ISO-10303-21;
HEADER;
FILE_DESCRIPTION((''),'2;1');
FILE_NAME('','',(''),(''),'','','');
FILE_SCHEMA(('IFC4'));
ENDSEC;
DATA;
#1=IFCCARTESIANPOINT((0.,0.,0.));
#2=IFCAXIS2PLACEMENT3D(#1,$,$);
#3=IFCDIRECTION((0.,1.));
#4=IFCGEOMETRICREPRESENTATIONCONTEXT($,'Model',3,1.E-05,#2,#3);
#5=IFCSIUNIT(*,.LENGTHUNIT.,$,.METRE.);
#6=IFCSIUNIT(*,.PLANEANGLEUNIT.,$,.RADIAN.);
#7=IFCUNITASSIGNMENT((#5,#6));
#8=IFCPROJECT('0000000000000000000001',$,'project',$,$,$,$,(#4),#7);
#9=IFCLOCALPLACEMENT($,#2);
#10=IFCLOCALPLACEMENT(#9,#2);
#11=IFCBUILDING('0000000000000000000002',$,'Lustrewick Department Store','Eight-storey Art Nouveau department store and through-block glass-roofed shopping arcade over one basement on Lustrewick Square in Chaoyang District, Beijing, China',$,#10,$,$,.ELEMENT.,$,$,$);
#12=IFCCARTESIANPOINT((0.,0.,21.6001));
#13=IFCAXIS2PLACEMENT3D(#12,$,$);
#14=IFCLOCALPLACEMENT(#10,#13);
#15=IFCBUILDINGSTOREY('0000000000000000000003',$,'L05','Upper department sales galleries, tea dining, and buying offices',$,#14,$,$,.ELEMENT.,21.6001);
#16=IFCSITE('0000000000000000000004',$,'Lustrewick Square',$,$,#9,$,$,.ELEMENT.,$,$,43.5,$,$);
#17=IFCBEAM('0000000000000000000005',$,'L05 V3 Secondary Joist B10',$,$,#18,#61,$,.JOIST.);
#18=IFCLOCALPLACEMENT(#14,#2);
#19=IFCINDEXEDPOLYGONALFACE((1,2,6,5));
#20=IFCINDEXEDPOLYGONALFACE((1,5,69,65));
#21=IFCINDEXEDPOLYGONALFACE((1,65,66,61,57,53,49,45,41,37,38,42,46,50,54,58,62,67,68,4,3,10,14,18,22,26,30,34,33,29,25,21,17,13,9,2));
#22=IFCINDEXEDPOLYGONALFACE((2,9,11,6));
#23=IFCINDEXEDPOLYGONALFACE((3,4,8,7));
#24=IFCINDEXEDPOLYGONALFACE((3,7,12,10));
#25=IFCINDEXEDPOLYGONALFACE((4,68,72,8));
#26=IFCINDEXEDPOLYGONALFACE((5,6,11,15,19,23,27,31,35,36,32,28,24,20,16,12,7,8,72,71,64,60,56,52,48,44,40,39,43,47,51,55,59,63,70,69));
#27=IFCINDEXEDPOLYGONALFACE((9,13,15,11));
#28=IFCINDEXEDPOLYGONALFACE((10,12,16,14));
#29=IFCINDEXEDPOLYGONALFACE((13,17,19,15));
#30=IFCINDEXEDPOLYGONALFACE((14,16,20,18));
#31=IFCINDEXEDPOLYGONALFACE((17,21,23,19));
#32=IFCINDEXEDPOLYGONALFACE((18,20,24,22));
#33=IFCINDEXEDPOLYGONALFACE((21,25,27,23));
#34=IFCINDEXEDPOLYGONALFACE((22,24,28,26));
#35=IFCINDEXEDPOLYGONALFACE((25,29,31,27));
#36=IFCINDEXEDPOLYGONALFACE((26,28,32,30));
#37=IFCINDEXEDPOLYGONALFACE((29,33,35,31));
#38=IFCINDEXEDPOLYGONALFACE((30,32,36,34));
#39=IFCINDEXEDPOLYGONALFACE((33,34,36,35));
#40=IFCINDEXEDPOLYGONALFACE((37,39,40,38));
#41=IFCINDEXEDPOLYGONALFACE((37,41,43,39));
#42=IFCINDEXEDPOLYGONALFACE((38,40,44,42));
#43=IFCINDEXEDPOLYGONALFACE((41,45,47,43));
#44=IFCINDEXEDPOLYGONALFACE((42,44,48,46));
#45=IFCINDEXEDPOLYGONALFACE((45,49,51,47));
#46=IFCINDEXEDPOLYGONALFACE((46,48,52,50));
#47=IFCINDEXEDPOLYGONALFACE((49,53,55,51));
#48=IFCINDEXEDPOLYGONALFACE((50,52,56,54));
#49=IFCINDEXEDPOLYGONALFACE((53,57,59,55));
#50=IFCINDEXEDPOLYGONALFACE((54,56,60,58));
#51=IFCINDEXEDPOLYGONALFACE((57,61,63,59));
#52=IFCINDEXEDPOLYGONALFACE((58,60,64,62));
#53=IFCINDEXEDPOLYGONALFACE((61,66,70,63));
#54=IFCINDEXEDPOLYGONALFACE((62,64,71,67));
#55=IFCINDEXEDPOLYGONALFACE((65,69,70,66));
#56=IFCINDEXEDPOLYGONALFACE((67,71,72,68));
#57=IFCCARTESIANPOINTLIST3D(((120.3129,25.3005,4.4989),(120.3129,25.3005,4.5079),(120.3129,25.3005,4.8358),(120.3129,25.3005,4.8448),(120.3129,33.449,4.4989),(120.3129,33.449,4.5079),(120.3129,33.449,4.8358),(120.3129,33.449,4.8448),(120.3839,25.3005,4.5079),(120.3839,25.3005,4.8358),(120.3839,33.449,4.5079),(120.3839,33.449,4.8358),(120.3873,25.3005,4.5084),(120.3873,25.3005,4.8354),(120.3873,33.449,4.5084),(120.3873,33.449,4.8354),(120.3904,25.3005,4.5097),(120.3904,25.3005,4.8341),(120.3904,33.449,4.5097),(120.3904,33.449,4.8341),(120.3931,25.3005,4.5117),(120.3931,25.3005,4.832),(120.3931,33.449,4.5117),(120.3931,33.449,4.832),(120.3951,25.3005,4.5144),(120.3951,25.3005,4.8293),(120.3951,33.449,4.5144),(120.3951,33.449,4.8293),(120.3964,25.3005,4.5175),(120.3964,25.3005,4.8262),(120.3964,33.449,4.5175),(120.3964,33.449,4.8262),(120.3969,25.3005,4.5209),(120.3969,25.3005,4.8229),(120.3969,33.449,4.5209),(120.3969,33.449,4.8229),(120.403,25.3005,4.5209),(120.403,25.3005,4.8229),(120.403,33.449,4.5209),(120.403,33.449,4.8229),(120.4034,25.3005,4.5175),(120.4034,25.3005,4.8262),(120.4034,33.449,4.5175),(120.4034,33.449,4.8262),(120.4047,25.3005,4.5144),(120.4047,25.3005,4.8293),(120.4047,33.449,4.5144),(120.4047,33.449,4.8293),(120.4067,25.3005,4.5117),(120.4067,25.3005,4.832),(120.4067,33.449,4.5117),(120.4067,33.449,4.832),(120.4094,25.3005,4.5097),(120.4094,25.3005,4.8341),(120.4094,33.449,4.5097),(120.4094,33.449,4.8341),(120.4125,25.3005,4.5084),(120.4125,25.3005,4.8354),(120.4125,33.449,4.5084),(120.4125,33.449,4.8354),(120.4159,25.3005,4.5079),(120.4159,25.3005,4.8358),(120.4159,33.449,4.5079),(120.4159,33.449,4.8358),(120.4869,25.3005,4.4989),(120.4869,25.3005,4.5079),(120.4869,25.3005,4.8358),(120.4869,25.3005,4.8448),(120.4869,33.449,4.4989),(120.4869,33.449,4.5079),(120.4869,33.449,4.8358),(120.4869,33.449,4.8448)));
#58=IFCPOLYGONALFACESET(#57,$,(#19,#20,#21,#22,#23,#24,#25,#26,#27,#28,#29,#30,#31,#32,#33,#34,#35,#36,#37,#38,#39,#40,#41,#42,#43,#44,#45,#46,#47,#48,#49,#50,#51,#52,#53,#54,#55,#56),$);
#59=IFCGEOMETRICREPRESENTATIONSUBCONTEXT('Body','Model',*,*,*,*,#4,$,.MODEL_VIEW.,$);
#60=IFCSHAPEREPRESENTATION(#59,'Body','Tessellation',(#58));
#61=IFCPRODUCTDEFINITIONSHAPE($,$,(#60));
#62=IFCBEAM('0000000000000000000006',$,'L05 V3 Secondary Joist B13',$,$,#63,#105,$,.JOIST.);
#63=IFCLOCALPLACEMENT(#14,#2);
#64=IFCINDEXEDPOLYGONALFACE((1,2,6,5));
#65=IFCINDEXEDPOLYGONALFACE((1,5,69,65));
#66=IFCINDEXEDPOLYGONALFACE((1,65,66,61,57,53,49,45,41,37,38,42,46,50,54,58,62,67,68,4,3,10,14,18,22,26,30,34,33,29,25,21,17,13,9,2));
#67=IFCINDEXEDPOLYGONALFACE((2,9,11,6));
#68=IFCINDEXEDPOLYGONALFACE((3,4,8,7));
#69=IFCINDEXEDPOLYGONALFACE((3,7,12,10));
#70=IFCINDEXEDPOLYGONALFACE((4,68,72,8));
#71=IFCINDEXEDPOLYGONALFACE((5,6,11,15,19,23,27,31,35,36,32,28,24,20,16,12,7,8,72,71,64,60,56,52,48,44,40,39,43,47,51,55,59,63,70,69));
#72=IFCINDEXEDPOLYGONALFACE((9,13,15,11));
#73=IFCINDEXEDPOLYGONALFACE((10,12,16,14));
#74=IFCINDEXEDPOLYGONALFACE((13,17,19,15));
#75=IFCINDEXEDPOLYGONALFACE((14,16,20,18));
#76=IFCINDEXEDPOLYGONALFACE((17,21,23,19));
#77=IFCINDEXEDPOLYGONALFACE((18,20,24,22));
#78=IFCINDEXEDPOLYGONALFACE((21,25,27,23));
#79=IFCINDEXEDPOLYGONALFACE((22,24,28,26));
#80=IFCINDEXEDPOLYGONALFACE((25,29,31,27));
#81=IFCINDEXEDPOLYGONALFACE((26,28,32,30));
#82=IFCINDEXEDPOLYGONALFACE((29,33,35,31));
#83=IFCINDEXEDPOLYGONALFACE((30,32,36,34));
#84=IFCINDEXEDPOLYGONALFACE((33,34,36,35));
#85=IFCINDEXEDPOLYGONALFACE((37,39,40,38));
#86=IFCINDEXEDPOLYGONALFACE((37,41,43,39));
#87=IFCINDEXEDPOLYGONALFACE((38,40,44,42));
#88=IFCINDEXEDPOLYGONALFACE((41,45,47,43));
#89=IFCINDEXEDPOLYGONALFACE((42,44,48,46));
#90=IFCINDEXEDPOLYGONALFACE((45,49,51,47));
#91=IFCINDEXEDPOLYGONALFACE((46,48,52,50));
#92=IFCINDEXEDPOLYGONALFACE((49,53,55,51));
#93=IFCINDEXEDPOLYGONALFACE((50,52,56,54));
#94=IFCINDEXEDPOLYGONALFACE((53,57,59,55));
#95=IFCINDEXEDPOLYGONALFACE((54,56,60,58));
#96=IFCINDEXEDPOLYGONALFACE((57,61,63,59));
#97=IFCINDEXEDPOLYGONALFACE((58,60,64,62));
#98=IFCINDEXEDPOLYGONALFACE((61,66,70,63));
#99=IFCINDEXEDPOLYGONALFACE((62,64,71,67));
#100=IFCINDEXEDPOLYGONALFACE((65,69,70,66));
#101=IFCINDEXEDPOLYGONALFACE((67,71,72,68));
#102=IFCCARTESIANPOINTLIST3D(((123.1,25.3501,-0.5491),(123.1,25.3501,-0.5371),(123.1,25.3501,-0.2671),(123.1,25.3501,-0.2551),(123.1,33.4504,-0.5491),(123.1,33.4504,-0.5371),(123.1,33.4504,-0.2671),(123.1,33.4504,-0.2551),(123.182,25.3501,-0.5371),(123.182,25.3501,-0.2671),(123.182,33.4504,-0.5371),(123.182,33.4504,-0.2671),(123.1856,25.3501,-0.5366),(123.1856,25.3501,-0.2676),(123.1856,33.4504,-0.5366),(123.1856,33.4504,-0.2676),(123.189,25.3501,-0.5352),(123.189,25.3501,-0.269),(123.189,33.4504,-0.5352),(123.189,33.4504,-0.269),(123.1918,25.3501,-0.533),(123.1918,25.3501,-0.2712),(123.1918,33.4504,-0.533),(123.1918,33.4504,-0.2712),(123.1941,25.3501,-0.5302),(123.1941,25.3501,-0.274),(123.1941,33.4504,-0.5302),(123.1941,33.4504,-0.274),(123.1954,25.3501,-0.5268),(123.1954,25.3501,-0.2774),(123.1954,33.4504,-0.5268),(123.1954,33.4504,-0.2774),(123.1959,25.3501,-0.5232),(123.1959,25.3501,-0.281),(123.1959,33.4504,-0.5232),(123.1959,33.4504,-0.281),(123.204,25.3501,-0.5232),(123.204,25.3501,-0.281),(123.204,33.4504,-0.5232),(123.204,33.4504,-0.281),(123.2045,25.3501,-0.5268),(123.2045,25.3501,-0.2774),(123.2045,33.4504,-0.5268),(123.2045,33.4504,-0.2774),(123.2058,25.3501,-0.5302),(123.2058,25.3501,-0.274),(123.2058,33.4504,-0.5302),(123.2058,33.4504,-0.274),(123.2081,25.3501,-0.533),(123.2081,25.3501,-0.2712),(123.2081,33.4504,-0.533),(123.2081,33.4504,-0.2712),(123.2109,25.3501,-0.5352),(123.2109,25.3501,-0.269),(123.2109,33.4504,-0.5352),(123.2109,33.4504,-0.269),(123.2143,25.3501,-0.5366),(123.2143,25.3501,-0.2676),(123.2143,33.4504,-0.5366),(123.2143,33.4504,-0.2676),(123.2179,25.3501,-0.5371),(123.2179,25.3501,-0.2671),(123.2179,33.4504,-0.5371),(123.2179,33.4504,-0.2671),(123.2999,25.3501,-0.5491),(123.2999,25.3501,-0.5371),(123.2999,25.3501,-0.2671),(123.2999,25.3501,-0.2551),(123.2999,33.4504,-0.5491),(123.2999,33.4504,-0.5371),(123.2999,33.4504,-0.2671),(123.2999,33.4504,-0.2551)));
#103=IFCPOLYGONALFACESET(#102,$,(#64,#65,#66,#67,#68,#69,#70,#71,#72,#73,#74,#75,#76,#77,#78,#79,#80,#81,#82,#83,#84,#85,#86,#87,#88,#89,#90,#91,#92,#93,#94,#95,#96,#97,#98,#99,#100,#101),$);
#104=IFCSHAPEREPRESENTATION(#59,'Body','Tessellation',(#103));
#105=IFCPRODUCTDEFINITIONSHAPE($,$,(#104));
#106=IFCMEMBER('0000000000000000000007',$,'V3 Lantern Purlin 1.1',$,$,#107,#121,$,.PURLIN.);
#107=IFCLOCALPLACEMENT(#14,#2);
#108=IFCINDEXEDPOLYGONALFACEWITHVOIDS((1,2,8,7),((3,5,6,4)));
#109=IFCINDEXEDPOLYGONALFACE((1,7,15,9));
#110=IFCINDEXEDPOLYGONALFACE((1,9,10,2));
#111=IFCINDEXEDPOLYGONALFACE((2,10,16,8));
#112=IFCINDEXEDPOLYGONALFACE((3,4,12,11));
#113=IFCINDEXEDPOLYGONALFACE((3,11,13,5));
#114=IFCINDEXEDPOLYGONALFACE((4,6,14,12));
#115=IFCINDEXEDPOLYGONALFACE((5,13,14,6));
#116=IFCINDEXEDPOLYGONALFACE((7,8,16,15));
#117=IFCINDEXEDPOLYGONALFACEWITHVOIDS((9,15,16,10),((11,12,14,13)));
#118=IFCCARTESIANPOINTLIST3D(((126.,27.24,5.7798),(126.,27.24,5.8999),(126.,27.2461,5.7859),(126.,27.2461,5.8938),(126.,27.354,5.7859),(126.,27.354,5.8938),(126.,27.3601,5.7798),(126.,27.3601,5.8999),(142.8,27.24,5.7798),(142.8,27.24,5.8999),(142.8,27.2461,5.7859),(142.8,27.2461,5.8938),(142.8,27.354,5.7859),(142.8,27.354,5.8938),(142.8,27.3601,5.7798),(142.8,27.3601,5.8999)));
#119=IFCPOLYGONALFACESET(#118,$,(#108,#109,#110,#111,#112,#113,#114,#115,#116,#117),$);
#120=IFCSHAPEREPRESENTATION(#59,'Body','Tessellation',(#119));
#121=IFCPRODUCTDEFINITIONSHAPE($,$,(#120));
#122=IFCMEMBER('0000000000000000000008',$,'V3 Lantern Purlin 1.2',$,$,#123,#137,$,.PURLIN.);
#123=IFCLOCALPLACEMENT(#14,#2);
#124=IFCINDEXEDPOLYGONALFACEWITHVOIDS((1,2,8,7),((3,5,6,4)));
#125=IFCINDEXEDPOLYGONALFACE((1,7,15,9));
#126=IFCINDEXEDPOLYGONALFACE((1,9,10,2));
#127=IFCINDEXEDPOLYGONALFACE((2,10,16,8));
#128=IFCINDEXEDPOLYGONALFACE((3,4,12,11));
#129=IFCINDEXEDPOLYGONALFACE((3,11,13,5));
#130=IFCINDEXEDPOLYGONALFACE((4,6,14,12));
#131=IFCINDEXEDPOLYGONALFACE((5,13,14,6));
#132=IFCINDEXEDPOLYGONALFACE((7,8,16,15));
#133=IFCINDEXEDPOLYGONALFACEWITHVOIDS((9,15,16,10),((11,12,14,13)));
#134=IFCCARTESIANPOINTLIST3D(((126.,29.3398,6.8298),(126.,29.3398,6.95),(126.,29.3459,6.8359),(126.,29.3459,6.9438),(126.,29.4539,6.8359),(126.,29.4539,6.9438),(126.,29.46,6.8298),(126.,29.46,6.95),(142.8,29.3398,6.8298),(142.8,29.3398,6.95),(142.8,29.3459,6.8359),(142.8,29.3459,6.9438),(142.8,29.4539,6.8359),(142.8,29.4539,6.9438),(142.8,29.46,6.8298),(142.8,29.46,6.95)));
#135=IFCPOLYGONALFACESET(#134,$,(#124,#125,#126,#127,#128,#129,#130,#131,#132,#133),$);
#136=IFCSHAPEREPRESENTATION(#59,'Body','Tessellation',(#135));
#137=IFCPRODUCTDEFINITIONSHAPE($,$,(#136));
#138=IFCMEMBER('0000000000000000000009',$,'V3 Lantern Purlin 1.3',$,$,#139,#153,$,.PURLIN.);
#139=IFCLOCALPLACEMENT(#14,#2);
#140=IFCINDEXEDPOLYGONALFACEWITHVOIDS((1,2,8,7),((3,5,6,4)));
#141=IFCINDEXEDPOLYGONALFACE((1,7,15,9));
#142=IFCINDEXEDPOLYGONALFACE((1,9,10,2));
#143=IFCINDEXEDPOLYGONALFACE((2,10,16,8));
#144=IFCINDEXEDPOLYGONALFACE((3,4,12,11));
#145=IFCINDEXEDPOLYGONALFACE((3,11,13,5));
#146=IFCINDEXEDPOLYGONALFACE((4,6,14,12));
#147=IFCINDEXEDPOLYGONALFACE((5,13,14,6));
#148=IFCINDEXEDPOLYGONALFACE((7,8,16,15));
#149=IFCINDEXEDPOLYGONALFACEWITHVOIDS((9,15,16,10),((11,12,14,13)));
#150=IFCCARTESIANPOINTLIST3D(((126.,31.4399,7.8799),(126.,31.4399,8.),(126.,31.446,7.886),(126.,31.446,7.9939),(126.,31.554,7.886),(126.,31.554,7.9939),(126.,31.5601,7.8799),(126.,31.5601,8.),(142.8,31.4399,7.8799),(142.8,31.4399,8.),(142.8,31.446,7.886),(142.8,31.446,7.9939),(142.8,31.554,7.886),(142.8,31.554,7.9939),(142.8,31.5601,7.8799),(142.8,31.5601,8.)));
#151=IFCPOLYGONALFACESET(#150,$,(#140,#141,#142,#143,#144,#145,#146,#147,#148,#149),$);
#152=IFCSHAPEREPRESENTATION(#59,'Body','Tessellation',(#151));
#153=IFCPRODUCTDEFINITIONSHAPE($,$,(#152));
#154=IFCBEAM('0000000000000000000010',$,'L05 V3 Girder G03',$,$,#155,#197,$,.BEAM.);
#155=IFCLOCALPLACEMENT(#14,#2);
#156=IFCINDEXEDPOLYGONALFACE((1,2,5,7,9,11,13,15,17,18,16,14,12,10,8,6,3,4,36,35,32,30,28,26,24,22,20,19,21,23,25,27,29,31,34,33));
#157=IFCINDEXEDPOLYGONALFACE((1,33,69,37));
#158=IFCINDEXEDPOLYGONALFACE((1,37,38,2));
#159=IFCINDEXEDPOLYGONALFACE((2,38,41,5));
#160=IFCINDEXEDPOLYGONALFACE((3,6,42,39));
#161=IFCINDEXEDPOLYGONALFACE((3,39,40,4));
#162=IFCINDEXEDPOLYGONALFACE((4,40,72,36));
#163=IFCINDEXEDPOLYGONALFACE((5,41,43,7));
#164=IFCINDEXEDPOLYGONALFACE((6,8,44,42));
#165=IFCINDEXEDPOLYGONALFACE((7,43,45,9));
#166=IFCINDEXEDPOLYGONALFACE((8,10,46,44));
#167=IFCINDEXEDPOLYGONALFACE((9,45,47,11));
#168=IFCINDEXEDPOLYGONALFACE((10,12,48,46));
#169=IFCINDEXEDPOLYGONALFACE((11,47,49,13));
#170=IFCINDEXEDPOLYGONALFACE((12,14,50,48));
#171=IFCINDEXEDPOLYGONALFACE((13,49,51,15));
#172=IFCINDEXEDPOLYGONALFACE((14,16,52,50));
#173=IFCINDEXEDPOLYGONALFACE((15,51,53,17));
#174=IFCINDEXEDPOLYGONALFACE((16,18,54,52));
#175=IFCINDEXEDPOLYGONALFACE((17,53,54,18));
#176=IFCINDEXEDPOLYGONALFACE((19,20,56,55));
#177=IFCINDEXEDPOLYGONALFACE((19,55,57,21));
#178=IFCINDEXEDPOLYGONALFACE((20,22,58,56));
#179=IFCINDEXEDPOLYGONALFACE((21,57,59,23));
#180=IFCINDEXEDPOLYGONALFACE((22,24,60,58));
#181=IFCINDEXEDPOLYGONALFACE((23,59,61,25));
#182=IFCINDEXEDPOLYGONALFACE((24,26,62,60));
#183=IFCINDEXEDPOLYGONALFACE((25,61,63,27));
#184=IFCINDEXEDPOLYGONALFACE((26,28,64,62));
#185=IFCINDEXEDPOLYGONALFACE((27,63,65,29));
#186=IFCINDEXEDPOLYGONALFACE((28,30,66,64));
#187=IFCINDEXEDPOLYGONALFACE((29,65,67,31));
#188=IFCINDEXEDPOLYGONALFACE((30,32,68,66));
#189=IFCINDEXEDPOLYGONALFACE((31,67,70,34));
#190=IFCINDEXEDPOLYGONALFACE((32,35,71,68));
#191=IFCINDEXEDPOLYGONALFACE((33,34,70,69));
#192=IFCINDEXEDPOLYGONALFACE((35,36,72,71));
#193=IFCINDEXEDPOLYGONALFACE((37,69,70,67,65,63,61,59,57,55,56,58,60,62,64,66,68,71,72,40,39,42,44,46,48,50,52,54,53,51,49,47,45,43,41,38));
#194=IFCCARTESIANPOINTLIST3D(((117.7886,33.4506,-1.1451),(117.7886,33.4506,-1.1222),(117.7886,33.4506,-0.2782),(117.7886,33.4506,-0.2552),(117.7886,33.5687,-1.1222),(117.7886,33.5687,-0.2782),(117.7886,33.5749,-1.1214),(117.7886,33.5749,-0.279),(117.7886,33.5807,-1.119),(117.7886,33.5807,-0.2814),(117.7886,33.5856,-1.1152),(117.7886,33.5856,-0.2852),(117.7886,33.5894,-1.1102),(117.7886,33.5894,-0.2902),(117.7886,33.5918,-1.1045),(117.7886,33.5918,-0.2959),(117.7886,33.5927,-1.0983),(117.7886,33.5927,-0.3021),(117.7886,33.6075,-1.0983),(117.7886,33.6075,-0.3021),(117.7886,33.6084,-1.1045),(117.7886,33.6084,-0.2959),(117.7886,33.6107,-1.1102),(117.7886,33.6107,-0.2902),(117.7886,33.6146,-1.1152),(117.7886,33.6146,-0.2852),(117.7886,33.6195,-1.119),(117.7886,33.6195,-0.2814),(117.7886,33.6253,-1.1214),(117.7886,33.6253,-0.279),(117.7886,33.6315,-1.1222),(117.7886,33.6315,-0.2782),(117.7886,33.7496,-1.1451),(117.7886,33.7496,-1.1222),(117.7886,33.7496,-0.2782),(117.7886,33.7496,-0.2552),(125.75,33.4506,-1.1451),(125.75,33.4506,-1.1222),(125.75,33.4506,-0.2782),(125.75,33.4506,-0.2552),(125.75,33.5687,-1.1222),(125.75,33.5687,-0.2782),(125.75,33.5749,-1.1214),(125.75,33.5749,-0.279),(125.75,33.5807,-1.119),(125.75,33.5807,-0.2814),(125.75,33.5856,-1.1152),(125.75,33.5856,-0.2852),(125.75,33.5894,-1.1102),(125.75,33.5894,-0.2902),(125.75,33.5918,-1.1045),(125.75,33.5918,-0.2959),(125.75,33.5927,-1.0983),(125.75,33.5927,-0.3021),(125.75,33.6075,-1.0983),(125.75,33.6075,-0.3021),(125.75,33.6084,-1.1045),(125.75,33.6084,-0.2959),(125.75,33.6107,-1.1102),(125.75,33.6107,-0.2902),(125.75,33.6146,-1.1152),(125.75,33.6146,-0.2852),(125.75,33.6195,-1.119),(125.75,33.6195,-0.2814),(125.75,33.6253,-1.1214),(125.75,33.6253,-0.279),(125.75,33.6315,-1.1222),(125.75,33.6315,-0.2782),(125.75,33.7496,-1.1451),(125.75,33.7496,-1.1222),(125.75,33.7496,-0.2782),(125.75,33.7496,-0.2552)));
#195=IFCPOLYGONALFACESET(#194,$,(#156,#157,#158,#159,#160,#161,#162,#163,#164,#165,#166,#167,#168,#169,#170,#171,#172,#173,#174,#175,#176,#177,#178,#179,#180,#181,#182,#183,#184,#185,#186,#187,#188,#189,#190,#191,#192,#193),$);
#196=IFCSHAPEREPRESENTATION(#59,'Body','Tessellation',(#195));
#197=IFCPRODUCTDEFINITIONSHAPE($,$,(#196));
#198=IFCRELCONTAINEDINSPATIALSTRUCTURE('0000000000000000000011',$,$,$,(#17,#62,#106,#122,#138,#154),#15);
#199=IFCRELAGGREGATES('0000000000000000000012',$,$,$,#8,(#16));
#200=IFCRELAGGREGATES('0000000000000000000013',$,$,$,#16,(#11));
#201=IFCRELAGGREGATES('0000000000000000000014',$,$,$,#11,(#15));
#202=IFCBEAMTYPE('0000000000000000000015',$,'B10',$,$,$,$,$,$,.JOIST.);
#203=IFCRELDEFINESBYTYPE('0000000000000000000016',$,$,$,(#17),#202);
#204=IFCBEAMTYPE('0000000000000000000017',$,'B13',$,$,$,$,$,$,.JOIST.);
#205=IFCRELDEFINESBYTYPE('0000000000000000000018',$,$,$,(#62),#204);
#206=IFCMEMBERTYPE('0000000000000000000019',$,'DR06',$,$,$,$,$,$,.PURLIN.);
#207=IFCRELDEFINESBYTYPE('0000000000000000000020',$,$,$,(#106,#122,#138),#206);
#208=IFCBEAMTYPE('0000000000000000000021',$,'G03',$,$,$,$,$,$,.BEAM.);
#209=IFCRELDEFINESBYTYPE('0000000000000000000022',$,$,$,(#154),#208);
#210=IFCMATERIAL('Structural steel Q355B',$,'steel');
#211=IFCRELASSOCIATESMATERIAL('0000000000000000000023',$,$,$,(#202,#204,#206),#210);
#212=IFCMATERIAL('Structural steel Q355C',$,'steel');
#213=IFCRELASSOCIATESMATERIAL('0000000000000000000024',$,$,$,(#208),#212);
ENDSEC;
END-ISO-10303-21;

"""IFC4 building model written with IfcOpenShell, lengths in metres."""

from ifc_helpers import new_model, si_unit, direction, frame, origin, origin_2d, place, context, subcontext, project, spatial, hollow_rectangle, i_section, extrude, material, material_profile, profile_set, type_object, element, save


model = new_model("IFC4")

# Units and contexts
model_context = context("Model", 3, precision=1e-05, world=origin(), true_north=direction((0.0, 1.0)))
body_context = subcontext(model_context, "Body", "Model", "MODEL_VIEW")
ifc_project = project(units=[si_unit("LENGTHUNIT", "METRE"), si_unit("PLANEANGLEUNIT", "RADIAN")], contexts=[model_context])

# Site, building, storey
site_placement = place(None, origin())
site = spatial("IfcSite", under=ifc_project, at=site_placement, Name="Lustrewick Square", CompositionType="ELEMENT", RefElevation=43.5)
building_placement = place(site_placement, origin())
building = spatial("IfcBuilding", under=site, at=building_placement, Name="Lustrewick Department Store", Description="Eight-storey Art Nouveau department store and through-block glass-roofed shopping arcade over one basement on Lustrewick Square in Chaoyang District, Beijing, China", CompositionType="ELEMENT")
storey_placement = place(building_placement, frame((0.0, 0.0, 21.6001)))
storey = spatial("IfcBuildingStorey", under=building, at=storey_placement, Name="L05", Description="Upper department sales galleries, tea dining, and buying offices", CompositionType="ELEMENT", Elevation=21.6001)

# Shared definitions
ifc_material_1 = material(Name="Structural steel Q355B", Category="steel")

# Beams
ifc_material_profile_1 = material_profile(ifc_material_1, i_section(OverallWidth=0.1741, OverallDepth=0.3459, WebThickness=0.0061, FlangeThickness=0.009, FilletRadius=0.0129, at=origin_2d()), Name="HN 346x174x6x9")
ifc_profile_set_1 = profile_set([ifc_material_profile_1], Name="Structural steel Q355B")
beam_type_1 = type_object("IfcBeamType", Name="B10", PredefinedType="JOIST", material=ifc_profile_set_1)
beam_1_placement = place(storey_placement, frame((120.3999, 25.3005, 4.6719), z_axis=(0.0, 1.0, 0.0), x_axis=(-1.0, 0.0, 0.0)))
element("IfcBeam", 1, at=beam_1_placement, inside=storey, type_object=beam_type_1, Name="L05 V3 Secondary Joist B10", PredefinedType="JOIST", context=body_context, shape_type="SweptSolid", body=[
    extrude(i_section(OverallWidth=0.1741, OverallDepth=0.3459, WebThickness=0.0061, FlangeThickness=0.009, FilletRadius=0.0129, at=origin_2d()), origin(), (0.0, 0.0, 1.0), 8.1484),
])
ifc_material_profile_2 = material_profile(ifc_material_1, i_section(OverallWidth=0.2, OverallDepth=0.2939, WebThickness=0.0081, FlangeThickness=0.012, FilletRadius=0.0139, at=origin_2d()), Name="HM 294x200x8x12")
ifc_profile_set_2 = profile_set([ifc_material_profile_2], Name="Structural steel Q355B")
beam_type_2 = type_object("IfcBeamType", Name="B13", PredefinedType="JOIST", material=ifc_profile_set_2)
beam_2_placement = place(storey_placement, frame((123.2, 25.3501, -0.4021), z_axis=(0.0, 1.0, 0.0), x_axis=(-1.0, 0.0, 0.0)))
element("IfcBeam", 2, at=beam_2_placement, inside=storey, type_object=beam_type_2, Name="L05 V3 Secondary Joist B13", PredefinedType="JOIST", context=body_context, shape_type="SweptSolid", body=[
    extrude(i_section(OverallWidth=0.2, OverallDepth=0.2939, WebThickness=0.0081, FlangeThickness=0.012, FilletRadius=0.0139, at=origin_2d()), origin(), (0.0, 0.0, 1.0), 8.1003),
])

# Members
ifc_material_profile_3 = material_profile(ifc_material_1, hollow_rectangle(XDim=0.1201, YDim=0.1201, WallThickness=0.0061, at=origin_2d()), Name="SHS 120x120x6")
ifc_profile_set_3 = profile_set([ifc_material_profile_3], Name="Structural steel Q355B")
member_type = type_object("IfcMemberType", Name="DR06", PredefinedType="PURLIN", material=ifc_profile_set_3)
for number, where, z_axis, x_axis, name in (
    (3, (126.0, 27.3, 5.8398), (1.0, 0.0, 0.0), (0.0, 1.0, 0.0), "V3 Lantern Purlin 1.1"),
    (4, (126.0, 29.3999, 6.8899), (1.0, 0.0, 0.0), (0.0, 1.0, 0.0), "V3 Lantern Purlin 1.2"),
    (5, (126.0, 31.5, 7.9399), (1.0, 0.0, 0.0), (0.0, 1.0, 0.0), "V3 Lantern Purlin 1.3"),
):
    element("IfcMember", number, at=place(storey_placement, frame(where, z_axis=z_axis, x_axis=x_axis)), inside=storey, type_object=member_type, Name=name, PredefinedType="PURLIN", context=body_context, shape_type="SweptSolid", body=[
        extrude(hollow_rectangle(XDim=0.1201, YDim=0.1201, WallThickness=0.0061, at=origin_2d()), origin(), (0.0, 0.0, 1.0), 16.8),
    ])

# Beam
ifc_material_2 = material(Name="Structural steel Q355C", Category="steel")
ifc_material_profile_4 = material_profile(ifc_material_2, i_section(OverallWidth=0.2991, OverallDepth=0.8899, WebThickness=0.0149, FlangeThickness=0.0229, FilletRadius=0.0239, at=origin_2d()), Name="HN 890x299x15x23")
ifc_profile_set_4 = profile_set([ifc_material_profile_4], Name="Structural steel Q355C")
beam_type_3 = type_object("IfcBeamType", Name="G03", PredefinedType="BEAM", material=ifc_profile_set_4)
beam_3_placement = place(storey_placement, frame((117.7886, 33.6001, -0.7002), z_axis=(1.0, 0.0, 0.0), x_axis=(0.0, 1.0, 0.0)))
element("IfcBeam", 6, at=beam_3_placement, inside=storey, type_object=beam_type_3, Name="L05 V3 Girder G03", PredefinedType="BEAM", context=body_context, shape_type="SweptSolid", body=[
    extrude(i_section(OverallWidth=0.2991, OverallDepth=0.8899, WebThickness=0.0149, FlangeThickness=0.0229, FilletRadius=0.0239, at=origin_2d()), origin(), (0.0, 0.0, 1.0), 7.9614),
])

save(model, "model.ifc")
